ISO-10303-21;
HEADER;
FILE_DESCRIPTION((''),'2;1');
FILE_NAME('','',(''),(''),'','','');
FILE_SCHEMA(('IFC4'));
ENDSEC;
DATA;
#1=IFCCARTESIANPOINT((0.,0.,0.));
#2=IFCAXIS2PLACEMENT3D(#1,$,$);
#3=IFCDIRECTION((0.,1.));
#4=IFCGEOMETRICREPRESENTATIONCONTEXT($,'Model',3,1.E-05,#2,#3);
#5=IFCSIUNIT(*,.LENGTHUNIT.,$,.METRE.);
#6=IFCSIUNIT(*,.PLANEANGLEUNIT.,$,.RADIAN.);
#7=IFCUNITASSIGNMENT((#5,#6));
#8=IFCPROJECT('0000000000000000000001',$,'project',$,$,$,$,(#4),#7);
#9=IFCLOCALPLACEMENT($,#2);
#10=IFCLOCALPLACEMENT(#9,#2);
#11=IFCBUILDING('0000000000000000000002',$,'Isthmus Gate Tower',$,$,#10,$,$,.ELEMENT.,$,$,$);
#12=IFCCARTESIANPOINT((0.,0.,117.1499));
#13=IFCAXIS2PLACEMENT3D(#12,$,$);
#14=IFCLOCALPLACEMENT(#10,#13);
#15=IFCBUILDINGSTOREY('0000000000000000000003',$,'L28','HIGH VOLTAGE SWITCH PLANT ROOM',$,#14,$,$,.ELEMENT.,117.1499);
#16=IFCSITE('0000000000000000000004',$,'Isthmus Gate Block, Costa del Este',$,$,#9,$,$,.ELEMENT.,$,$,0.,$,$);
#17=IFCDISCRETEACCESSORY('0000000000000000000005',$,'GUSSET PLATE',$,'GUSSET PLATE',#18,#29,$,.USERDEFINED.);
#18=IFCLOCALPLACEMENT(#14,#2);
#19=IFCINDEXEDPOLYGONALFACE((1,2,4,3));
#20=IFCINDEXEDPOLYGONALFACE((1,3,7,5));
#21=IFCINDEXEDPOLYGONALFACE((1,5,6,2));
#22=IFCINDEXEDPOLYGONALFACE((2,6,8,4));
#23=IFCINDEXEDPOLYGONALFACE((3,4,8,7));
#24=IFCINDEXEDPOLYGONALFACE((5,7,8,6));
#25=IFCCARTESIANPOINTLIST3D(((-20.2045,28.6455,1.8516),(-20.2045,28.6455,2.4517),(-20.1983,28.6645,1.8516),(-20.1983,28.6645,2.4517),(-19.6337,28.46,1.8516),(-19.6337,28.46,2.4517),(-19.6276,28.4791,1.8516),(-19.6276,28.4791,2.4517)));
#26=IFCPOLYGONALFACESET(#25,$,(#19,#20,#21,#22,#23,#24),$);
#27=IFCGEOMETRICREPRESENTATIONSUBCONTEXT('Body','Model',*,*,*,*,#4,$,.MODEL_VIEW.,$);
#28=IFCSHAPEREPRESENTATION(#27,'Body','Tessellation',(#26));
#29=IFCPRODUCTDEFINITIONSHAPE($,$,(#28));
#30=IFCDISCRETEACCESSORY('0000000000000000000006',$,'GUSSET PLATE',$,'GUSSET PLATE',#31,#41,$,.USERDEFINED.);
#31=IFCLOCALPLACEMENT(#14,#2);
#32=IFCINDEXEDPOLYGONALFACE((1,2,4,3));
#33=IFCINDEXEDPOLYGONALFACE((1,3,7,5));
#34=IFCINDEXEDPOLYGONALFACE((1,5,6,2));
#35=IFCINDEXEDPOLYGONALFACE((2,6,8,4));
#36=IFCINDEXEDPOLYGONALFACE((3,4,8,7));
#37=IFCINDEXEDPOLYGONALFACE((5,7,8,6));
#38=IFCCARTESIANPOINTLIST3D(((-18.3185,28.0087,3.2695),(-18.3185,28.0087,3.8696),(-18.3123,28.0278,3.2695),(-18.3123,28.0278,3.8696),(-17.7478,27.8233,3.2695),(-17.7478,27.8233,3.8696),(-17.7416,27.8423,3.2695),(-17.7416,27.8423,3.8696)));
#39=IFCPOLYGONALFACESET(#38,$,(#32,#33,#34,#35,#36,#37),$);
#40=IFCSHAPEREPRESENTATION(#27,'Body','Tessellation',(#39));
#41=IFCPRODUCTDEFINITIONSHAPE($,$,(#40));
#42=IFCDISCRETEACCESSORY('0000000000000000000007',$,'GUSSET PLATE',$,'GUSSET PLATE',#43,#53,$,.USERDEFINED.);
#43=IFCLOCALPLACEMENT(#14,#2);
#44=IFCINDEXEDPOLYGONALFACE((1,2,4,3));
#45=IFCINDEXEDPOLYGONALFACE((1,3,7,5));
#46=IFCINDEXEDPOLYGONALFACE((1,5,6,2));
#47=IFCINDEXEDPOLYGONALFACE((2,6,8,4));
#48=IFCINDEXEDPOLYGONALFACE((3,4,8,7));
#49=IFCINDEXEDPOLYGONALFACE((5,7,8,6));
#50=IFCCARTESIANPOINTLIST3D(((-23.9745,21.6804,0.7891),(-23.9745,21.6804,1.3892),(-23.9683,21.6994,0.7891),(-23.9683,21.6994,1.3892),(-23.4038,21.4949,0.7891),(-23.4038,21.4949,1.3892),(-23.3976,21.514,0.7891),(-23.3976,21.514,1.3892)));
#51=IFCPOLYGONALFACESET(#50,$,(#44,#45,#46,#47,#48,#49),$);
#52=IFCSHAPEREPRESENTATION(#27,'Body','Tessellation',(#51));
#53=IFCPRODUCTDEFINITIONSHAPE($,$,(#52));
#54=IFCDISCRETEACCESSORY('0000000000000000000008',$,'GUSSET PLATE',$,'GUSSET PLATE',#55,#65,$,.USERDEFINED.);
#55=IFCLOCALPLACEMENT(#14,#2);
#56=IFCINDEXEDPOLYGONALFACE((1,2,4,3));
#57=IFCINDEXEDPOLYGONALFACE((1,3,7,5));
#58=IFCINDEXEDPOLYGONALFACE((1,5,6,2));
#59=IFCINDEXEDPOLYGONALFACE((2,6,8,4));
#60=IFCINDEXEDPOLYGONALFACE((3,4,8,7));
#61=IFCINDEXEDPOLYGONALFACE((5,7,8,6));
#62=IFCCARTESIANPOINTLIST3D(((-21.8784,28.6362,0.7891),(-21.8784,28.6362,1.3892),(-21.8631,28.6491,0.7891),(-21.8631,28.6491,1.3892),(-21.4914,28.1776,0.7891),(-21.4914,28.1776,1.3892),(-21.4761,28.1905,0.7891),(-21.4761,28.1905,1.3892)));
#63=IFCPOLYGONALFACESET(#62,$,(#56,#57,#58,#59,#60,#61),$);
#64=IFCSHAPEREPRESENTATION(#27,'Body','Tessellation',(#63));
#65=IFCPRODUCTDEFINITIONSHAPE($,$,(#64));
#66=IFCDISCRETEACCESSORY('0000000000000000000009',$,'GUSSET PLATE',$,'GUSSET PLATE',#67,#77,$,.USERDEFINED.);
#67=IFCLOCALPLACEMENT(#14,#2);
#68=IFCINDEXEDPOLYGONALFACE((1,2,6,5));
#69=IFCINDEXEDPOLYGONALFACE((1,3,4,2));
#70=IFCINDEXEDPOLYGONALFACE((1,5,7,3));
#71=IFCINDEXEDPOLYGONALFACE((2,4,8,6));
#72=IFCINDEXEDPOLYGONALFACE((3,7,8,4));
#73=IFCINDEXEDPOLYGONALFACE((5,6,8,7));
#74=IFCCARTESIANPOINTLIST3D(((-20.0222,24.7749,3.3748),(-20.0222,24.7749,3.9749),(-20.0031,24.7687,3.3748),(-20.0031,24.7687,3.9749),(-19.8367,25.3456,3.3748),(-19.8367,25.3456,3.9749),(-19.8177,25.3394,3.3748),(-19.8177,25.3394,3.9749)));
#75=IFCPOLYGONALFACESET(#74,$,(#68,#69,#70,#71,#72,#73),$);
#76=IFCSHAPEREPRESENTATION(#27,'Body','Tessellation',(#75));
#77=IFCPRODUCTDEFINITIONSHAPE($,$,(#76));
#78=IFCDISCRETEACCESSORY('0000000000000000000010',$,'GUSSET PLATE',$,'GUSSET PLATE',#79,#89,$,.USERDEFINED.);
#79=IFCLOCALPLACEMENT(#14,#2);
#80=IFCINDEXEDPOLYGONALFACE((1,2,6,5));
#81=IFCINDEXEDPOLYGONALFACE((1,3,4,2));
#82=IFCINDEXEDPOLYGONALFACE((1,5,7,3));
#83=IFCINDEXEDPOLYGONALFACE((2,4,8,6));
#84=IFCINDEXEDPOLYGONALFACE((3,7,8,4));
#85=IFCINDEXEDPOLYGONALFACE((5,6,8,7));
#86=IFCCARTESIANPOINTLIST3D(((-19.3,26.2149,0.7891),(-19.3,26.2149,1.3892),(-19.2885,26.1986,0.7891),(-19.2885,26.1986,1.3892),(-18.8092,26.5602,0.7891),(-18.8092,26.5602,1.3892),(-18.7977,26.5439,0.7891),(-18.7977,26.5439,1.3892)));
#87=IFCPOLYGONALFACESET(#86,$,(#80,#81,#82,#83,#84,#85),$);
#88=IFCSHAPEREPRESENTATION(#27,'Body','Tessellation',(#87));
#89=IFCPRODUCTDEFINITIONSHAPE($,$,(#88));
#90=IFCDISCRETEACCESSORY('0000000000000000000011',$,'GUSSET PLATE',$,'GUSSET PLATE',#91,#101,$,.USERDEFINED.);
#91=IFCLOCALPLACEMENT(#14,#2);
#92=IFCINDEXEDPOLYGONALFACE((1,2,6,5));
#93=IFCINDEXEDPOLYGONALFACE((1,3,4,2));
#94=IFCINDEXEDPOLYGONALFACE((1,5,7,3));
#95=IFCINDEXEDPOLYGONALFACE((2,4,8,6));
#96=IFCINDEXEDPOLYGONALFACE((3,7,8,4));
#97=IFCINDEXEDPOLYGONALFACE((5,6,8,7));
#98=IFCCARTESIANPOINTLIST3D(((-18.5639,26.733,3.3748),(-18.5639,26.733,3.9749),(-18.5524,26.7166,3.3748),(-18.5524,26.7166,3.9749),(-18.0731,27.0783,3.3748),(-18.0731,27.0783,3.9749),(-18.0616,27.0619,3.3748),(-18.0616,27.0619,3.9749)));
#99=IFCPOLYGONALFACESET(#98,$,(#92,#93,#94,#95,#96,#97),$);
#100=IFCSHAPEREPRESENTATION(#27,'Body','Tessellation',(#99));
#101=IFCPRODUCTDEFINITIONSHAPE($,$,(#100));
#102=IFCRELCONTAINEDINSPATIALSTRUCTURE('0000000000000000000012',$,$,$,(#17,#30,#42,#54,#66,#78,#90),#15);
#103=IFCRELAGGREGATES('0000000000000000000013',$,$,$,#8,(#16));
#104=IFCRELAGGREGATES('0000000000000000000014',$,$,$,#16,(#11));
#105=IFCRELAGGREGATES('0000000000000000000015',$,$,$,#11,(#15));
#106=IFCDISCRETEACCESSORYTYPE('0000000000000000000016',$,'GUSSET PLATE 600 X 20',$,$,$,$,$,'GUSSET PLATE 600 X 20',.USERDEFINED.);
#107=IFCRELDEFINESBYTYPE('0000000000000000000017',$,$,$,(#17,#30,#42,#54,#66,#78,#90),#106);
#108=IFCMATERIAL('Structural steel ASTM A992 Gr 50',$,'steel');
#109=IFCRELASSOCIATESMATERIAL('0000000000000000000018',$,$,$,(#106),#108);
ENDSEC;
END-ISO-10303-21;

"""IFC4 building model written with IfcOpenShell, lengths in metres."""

from ifc_helpers import new_model, si_unit, direction, frame, origin, origin_2d, place, context, subcontext, project, spatial, rectangle, extrude, material, type_object, element, save


model = new_model("IFC4")

# Units and contexts
model_context = context("Model", 3, precision=1e-05, world=origin(), true_north=direction((0.0, 1.0)))
body_context = subcontext(model_context, "Body", "Model", "MODEL_VIEW")
ifc_project = project(units=[si_unit("LENGTHUNIT", "METRE"), si_unit("PLANEANGLEUNIT", "RADIAN")], contexts=[model_context])

# Site, building, storey
site_placement = place(None, origin())
site = spatial("IfcSite", under=ifc_project, at=site_placement, Name="Isthmus Gate Block, Costa del Este", CompositionType="ELEMENT", RefElevation=0.0)
building_placement = place(site_placement, origin())
building = spatial("IfcBuilding", under=site, at=building_placement, Name="Isthmus Gate Tower", CompositionType="ELEMENT")
storey_placement = place(building_placement, frame((0.0, 0.0, 117.1499)))
storey = spatial("IfcBuildingStorey", under=building, at=storey_placement, Name="L28", Description="HIGH VOLTAGE SWITCH PLANT ROOM", CompositionType="ELEMENT", Elevation=117.1499)

# Discrete accessories
ifc_material_1 = material(Name="Structural steel ASTM A992 Gr 50", Category="steel")
discrete_accessory_type_1 = type_object("IfcDiscreteAccessoryType", Name="GUSSET PLATE 600 X 20", ElementType="GUSSET PLATE 600 X 20", PredefinedType="USERDEFINED", material=ifc_material_1)
for number, where, z_axis, x_axis, name in (
    (1, (-19.916, 28.5623, 1.8516), (0.0, 0.0, 1.0), (0.951057, -0.309017, 0.0), "GUSSET PLATE"),
    (2, (-18.03, 27.9255, 3.2695), (0.0, 0.0, 1.0), (0.951057, -0.309017, 0.0), "GUSSET PLATE"),
    (3, (-23.686, 21.5972, 0.7891), (0.0, 0.0, 1.0), (0.951057, -0.309017, 0.0), "GUSSET PLATE"),
    (4, (-21.6772, 28.4133, 0.7891), (0.0, 0.0, 1.0), (0.644878, -0.764286, 0.0), "GUSSET PLATE"),
    (5, (-19.9199, 25.0571, 3.3748), (0.0, 0.0, 1.0), (0.309017, 0.951057, 0.0), "GUSSET PLATE"),
    (6, (-19.0488, 26.3794, 0.7891), (0.0, 0.0, 1.0), (0.81786, 0.575418, 0.0), "GUSSET PLATE"),
    (7, (-18.3127, 26.8975, 3.3748), (0.0, 0.0, 1.0), (0.81786, 0.575418, 0.0), "GUSSET PLATE"),
):
    element("IfcDiscreteAccessory", number, at=place(storey_placement, frame(where, z_axis=z_axis, x_axis=x_axis)), inside=storey, type_object=discrete_accessory_type_1, Name=name, ObjectType="GUSSET PLATE", PredefinedType="USERDEFINED", context=body_context, shape_type="SweptSolid", body=[
        extrude(rectangle(XDim=0.6001, YDim=0.02, at=origin_2d()), origin(), (0.0, 0.0, 1.0), 0.6001),
    ])

save(model, "model.ifc")
